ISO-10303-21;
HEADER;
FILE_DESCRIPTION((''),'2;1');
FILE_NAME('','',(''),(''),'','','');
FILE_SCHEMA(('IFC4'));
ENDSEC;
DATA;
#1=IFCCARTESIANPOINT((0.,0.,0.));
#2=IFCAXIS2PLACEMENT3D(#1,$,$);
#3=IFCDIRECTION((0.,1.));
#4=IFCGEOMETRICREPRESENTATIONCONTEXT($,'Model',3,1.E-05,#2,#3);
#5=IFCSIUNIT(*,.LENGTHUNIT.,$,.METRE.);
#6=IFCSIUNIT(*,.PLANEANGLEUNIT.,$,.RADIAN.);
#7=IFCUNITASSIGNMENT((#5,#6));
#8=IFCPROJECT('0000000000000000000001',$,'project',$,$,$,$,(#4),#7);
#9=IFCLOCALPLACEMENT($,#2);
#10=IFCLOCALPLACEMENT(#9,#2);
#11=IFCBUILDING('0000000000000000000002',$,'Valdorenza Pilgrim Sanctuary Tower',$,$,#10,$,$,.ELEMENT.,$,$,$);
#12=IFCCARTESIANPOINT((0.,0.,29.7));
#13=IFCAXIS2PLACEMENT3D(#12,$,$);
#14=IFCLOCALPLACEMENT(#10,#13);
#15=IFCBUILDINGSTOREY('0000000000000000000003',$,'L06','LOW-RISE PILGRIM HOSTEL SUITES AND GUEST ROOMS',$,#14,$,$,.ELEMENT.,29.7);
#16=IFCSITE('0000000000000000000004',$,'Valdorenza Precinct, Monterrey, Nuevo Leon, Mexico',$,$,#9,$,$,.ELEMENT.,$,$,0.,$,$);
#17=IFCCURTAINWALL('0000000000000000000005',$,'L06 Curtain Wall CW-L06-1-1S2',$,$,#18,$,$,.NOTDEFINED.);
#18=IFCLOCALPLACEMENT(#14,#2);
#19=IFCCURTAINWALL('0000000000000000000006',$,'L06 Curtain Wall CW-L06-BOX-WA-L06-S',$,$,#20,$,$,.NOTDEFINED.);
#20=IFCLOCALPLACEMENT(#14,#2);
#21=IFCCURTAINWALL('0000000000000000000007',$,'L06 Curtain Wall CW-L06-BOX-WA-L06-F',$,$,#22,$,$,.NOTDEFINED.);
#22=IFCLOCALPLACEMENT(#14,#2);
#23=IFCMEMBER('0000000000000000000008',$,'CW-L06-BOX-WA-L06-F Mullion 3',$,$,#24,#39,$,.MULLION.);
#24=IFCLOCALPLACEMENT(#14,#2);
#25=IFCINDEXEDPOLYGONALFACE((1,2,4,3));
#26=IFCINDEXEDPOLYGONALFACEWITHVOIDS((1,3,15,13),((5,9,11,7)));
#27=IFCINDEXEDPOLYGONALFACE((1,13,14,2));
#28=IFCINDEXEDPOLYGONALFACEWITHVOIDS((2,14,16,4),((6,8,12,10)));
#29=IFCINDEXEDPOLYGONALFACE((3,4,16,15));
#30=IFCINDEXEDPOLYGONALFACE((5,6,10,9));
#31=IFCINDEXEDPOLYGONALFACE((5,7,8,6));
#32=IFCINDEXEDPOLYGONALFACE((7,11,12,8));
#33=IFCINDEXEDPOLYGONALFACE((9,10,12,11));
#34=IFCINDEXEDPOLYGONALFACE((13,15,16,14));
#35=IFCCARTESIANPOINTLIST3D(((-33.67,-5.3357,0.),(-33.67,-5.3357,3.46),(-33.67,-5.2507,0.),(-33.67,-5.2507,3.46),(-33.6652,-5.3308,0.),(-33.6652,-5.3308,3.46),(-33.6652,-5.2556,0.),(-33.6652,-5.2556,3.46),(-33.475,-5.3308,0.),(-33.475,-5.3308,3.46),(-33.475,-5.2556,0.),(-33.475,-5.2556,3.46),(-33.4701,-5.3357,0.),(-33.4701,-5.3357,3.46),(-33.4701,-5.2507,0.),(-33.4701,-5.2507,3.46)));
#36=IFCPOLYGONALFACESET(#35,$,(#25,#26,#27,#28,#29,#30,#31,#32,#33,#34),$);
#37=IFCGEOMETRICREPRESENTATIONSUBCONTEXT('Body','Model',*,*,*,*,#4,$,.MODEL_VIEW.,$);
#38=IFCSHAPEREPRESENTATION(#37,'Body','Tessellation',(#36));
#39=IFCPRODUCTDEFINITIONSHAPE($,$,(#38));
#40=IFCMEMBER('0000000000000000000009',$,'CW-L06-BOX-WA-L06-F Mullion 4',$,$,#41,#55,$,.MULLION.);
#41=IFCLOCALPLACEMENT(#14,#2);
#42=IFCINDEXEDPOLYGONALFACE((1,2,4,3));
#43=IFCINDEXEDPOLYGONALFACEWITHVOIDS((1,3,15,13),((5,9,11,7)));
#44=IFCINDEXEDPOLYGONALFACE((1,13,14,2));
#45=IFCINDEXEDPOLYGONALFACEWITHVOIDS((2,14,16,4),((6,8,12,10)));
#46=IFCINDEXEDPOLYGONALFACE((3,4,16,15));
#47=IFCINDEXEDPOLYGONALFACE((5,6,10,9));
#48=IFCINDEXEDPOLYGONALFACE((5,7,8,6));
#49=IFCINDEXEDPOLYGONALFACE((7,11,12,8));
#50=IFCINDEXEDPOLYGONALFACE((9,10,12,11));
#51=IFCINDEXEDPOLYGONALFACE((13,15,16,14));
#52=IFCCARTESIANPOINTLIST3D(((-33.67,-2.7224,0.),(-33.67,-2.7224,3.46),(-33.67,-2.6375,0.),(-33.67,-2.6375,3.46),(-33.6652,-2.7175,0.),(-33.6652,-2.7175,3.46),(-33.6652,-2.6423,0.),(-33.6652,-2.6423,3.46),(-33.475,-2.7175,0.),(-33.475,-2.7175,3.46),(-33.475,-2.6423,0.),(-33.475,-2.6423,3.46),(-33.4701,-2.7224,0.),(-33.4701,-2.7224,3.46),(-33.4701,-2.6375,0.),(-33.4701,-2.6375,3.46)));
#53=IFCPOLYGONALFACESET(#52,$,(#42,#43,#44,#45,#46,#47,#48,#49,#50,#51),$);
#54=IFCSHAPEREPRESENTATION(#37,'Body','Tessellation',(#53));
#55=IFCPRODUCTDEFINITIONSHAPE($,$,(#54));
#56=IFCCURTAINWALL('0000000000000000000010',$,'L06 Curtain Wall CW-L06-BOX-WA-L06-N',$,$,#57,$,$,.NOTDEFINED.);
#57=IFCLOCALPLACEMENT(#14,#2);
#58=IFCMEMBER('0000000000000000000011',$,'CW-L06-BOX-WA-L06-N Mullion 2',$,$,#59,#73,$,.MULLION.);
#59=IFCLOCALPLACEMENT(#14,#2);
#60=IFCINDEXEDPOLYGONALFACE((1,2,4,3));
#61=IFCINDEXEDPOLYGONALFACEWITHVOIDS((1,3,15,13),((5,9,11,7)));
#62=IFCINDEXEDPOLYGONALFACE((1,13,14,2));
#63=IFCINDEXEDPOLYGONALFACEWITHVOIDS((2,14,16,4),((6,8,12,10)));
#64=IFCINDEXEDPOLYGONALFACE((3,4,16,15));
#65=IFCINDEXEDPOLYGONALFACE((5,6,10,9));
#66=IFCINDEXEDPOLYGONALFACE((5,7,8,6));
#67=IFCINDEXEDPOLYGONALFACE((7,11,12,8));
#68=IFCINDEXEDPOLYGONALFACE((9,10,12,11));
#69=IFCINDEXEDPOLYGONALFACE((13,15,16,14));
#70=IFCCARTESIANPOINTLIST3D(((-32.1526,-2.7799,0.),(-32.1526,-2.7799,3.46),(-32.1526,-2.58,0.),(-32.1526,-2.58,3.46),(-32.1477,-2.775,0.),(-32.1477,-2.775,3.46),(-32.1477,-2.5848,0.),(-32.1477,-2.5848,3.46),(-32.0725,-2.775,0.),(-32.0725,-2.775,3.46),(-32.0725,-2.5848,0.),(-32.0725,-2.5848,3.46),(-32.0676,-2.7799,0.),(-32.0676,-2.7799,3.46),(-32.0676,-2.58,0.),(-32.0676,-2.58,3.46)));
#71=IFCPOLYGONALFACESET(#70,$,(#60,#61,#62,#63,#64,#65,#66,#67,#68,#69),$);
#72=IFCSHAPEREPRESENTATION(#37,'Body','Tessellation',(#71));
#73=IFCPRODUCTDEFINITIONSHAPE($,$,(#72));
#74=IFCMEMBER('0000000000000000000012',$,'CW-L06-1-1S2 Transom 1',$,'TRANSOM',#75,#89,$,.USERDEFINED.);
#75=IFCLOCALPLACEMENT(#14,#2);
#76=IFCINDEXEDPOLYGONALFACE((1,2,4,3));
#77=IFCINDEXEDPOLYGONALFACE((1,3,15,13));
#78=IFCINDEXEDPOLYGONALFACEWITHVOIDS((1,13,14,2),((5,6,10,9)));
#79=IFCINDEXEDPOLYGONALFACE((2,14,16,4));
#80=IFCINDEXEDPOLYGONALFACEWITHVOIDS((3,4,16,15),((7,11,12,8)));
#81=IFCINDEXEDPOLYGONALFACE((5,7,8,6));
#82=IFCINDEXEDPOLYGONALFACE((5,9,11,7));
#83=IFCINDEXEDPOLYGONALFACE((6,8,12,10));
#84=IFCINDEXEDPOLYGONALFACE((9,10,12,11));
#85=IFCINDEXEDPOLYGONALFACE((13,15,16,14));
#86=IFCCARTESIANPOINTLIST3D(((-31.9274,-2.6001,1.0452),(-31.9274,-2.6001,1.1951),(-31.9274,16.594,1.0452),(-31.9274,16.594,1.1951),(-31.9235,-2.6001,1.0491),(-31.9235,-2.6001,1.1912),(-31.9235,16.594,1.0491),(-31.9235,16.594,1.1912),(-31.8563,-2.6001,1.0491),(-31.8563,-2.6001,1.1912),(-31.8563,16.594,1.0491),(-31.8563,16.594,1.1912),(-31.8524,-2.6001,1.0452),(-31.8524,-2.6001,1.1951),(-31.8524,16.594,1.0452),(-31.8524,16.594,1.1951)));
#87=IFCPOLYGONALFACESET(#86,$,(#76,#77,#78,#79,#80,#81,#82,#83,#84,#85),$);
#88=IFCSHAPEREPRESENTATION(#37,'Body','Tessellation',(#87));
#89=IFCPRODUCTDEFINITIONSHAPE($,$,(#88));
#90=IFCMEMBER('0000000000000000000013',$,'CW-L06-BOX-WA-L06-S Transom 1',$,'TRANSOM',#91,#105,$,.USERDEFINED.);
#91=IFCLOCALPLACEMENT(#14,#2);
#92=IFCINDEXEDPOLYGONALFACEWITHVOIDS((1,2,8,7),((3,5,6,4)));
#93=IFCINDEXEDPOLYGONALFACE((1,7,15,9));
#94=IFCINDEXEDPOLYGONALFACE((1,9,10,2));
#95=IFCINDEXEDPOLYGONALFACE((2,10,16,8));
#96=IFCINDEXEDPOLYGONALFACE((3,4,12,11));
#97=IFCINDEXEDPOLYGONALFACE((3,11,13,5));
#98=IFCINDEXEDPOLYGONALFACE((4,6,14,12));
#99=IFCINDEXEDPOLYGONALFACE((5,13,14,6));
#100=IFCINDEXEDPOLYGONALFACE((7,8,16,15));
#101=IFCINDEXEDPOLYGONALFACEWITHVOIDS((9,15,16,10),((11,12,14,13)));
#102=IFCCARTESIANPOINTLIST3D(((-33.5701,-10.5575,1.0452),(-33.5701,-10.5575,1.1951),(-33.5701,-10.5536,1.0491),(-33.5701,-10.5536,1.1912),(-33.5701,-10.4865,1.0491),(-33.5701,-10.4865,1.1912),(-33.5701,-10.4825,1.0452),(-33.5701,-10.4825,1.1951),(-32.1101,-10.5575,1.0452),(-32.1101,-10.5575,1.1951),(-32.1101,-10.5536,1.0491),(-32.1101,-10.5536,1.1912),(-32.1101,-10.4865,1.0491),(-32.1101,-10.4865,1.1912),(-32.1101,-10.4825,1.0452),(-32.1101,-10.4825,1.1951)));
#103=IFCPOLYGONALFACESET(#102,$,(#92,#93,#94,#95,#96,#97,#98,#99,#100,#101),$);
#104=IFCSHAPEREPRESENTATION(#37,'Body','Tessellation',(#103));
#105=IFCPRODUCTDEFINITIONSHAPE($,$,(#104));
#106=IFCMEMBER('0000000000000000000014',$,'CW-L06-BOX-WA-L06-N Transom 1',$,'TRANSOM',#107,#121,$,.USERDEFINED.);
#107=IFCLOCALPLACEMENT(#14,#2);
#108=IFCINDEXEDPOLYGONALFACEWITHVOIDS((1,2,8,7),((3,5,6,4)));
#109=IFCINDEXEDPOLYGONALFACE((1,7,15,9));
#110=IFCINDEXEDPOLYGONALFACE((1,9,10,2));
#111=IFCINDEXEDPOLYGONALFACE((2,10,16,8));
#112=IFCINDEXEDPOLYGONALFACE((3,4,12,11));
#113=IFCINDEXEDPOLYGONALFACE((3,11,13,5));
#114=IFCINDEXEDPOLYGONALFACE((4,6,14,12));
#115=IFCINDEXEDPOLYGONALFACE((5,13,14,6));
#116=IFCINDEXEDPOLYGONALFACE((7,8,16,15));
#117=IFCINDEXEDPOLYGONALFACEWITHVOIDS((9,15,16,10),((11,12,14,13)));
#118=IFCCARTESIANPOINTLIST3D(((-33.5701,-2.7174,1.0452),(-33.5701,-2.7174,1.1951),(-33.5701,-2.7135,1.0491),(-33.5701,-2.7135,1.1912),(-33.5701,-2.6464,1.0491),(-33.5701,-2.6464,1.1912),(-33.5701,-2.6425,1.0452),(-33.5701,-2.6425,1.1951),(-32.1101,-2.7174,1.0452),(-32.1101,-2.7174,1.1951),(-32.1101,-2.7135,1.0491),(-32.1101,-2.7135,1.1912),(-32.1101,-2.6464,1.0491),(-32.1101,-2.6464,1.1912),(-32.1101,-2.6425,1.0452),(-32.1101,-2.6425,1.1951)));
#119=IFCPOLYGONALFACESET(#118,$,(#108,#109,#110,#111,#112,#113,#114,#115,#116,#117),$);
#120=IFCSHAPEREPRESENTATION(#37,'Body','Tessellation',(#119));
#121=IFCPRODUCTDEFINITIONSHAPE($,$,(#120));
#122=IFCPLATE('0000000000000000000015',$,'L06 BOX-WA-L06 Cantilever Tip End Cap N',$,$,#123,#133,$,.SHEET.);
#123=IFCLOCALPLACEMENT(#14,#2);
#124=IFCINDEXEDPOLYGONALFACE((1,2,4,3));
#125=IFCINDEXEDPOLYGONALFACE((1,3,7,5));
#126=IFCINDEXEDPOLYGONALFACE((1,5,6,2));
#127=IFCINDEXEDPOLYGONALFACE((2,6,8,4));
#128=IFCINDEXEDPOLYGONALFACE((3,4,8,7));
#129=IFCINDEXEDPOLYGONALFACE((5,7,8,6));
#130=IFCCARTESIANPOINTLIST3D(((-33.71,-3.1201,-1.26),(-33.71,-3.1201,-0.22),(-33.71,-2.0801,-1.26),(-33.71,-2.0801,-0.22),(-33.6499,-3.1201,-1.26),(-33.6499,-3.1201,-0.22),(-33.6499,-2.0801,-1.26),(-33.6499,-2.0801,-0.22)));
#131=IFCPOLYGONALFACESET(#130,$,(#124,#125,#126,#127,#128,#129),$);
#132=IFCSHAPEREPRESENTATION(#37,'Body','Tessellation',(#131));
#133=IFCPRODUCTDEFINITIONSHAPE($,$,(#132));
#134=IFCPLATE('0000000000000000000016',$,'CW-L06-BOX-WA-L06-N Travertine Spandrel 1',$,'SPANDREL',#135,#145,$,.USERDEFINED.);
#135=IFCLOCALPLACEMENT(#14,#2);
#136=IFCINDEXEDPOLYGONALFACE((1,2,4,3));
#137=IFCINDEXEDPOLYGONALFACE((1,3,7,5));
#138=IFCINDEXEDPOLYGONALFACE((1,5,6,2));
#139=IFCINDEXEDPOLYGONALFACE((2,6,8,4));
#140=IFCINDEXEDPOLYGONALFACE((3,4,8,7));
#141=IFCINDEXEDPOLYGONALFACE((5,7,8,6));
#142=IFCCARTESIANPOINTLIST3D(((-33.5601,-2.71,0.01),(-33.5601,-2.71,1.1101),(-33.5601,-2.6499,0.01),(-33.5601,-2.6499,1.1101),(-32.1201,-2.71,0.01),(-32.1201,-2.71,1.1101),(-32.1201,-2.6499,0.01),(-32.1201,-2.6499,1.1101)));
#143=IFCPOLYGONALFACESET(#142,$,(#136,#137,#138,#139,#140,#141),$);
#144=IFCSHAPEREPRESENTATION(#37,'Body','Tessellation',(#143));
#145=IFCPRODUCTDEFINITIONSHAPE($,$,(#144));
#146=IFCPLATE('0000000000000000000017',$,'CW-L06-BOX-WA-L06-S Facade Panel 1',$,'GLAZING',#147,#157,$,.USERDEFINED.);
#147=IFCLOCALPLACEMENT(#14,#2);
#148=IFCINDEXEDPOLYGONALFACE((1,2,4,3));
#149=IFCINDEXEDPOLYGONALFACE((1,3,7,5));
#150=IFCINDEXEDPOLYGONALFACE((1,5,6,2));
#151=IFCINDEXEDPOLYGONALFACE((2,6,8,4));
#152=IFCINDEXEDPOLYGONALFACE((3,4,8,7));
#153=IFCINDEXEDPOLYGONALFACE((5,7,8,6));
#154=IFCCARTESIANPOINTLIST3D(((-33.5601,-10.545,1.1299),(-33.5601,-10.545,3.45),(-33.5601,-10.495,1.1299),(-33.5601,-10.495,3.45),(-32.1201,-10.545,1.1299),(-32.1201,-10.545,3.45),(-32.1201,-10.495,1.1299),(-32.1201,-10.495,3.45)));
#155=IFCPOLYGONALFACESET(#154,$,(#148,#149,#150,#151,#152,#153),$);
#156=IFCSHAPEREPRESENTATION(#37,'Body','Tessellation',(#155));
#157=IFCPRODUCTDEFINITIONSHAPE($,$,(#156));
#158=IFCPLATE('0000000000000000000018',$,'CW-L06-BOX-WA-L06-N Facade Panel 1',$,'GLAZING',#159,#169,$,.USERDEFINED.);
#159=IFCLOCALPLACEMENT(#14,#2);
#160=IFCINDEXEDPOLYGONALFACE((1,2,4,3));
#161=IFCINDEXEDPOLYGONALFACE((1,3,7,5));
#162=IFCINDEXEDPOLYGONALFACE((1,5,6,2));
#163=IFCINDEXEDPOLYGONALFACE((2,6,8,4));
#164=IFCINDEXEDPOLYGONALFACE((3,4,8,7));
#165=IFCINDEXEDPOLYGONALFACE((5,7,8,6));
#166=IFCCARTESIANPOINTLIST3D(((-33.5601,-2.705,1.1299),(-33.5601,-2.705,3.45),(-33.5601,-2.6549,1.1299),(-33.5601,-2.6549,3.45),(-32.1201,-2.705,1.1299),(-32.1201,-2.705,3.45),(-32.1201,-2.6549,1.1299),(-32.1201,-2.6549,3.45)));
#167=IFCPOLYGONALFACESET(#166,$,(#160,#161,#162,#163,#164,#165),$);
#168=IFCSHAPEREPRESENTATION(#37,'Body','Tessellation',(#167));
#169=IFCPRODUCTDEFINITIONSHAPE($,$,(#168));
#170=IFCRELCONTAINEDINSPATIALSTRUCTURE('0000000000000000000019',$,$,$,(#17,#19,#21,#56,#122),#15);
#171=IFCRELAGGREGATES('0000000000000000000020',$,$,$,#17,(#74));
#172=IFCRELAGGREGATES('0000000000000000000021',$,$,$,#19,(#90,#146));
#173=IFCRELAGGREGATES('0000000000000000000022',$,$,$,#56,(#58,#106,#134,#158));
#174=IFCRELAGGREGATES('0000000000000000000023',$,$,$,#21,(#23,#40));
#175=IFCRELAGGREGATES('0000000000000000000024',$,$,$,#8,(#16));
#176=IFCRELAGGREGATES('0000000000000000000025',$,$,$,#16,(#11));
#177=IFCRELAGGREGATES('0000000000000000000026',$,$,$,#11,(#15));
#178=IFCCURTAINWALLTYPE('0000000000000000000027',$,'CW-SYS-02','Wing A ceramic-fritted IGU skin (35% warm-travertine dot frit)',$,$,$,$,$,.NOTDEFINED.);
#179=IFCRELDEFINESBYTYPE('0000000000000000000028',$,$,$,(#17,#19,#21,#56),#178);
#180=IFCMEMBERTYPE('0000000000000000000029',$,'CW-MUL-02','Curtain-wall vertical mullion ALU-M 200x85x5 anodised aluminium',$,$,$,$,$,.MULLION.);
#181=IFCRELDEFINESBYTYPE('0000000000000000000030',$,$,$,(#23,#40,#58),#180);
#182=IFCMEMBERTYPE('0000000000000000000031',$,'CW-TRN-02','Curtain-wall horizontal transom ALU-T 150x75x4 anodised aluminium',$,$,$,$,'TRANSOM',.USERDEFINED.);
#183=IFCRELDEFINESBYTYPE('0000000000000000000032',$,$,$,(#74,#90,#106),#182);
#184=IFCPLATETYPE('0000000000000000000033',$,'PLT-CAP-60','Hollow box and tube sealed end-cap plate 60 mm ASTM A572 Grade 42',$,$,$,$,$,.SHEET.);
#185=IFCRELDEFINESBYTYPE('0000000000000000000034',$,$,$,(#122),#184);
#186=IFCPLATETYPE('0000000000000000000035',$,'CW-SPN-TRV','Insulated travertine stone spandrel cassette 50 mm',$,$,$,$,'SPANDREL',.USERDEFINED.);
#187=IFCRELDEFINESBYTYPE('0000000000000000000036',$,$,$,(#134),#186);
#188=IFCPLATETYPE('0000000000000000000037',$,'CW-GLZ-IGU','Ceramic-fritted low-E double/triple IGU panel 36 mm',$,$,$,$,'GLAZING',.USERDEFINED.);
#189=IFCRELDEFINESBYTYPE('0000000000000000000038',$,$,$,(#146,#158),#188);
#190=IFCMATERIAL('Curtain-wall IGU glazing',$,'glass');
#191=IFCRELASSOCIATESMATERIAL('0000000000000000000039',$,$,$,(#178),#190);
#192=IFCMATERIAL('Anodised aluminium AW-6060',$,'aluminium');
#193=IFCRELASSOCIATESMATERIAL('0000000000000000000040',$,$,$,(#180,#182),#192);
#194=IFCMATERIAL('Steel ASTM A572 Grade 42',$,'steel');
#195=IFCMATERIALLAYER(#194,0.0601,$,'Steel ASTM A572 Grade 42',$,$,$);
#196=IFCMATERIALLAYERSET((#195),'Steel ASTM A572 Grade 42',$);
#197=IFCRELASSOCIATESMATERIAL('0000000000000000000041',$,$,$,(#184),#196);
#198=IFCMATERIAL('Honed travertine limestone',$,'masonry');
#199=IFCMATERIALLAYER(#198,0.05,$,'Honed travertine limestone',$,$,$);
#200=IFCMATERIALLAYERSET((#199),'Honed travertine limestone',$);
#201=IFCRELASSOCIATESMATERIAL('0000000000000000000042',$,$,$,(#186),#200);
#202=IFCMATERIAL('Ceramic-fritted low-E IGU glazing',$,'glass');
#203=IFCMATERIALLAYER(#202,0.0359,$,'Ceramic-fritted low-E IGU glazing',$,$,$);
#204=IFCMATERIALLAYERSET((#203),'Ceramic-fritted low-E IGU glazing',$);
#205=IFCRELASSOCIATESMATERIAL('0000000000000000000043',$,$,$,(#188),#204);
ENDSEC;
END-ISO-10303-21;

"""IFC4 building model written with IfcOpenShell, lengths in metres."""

from ifc_helpers import new_model, si_unit, direction, frame, origin, origin_2d, place, context, subcontext, project, spatial, rectangle, hollow_rectangle, extrude, source, transform, mapped, material, layer, layer_set, material_profile, profile_set, type_object, element, aggregate, save


model = new_model("IFC4")

# Units and contexts
model_context = context("Model", 3, precision=1e-05, world=origin(), true_north=direction((0.0, 1.0)))
body_context = subcontext(model_context, "Body", "Model", "MODEL_VIEW")
ifc_project = project(units=[si_unit("LENGTHUNIT", "METRE"), si_unit("PLANEANGLEUNIT", "RADIAN")], contexts=[model_context])

# Site, building, storey
site_placement = place(None, origin())
site = spatial("IfcSite", under=ifc_project, at=site_placement, Name="Valdorenza Precinct, Monterrey, Nuevo Leon, Mexico", CompositionType="ELEMENT", RefElevation=0.0)
building_placement = place(site_placement, origin())
building = spatial("IfcBuilding", under=site, at=building_placement, Name="Valdorenza Pilgrim Sanctuary Tower", CompositionType="ELEMENT")
storey_placement = place(building_placement, frame((0.0, 0.0, 29.7)))
storey = spatial("IfcBuildingStorey", under=building, at=storey_placement, Name="L06", Description="LOW-RISE PILGRIM HOSTEL SUITES AND GUEST ROOMS", CompositionType="ELEMENT", Elevation=29.7)

# Shared definitions
ifc_material_1 = material(Name="Steel ASTM A572 Grade 42", Category="steel")

# Curtain walls
ifc_material_2 = material(Name="Curtain-wall IGU glazing", Category="glass")
curtain_wall_type = type_object("IfcCurtainWallType", Name="CW-SYS-02", Description="Wing A ceramic-fritted IGU skin (35% warm-travertine dot frit)", PredefinedType="NOTDEFINED", material=ifc_material_2)
curtain_wall_1_placement = place(storey_placement, origin())
curtain_wall_1 = element("IfcCurtainWall", 1, at=curtain_wall_1_placement, inside=storey, type_object=curtain_wall_type, Name="L06 Curtain Wall CW-L06-1-1S2", PredefinedType="NOTDEFINED")
ifc_material_3 = material(Name="Anodised aluminium AW-6060", Category="aluminium")
ifc_material_profile_1 = material_profile(ifc_material_3, hollow_rectangle(XDim=0.085, YDim=0.2, WallThickness=0.0049, at=origin_2d()), Name="ALU-M 200x85x5")
ifc_profile_set_1 = profile_set([ifc_material_profile_1], Name="Anodised aluminium AW-6060")
member_type_1 = type_object("IfcMemberType", Name="CW-MUL-02", Description="Curtain-wall vertical mullion ALU-M 200x85x5 anodised aluminium", PredefinedType="MULLION", material=ifc_profile_set_1)
shared_shape_1 = source(origin(), body_context, "Body", "SweptSolid", [
    extrude(hollow_rectangle(XDim=0.085, YDim=0.2, WallThickness=0.0049, at=origin_2d()), origin(), (0.0, 0.0, 1.0), 3.46),
])
curtain_wall_2_placement = place(storey_placement, origin())
curtain_wall_2 = element("IfcCurtainWall", 2, at=curtain_wall_2_placement, inside=storey, type_object=curtain_wall_type, Name="L06 Curtain Wall CW-L06-BOX-WA-L06-S", PredefinedType="NOTDEFINED")

# Curtain wall, members
curtain_wall_3_placement = place(storey_placement, origin())
curtain_wall_3 = element("IfcCurtainWall", 3, at=curtain_wall_3_placement, inside=storey, type_object=curtain_wall_type, Name="L06 Curtain Wall CW-L06-BOX-WA-L06-F", PredefinedType="NOTDEFINED")
member_1_placement = place(storey_placement, frame((-33.5701, -5.2932, 0.0), z_axis=(0.0, 0.0, 1.0), x_axis=(0.0, 1.0, 0.0)))
member_1 = element("IfcMember", 4, at=member_1_placement, type_object=member_type_1, Name="CW-L06-BOX-WA-L06-F Mullion 3", PredefinedType="MULLION", context=body_context, shape_type="MappedRepresentation", body=[
    mapped(shared_shape_1, transform((0.0, 0.0, 0.0), x_axis=(1.0, 0.0, 0.0), y_axis=(0.0, 1.0, 0.0), z_axis=(0.0, 0.0, 1.0), scale=1.0)),
])
member_2_placement = place(storey_placement, frame((-33.5701, -2.6799, 0.0), z_axis=(0.0, 0.0, 1.0), x_axis=(0.0, 1.0, 0.0)))
member_2 = element("IfcMember", 5, at=member_2_placement, type_object=member_type_1, Name="CW-L06-BOX-WA-L06-F Mullion 4", PredefinedType="MULLION", context=body_context, shape_type="MappedRepresentation", body=[
    mapped(shared_shape_1, transform((0.0, 0.0, 0.0), x_axis=(1.0, 0.0, 0.0), y_axis=(0.0, 1.0, 0.0), z_axis=(0.0, 0.0, 1.0), scale=1.0)),
])

# Curtain wall, member
curtain_wall_4_placement = place(storey_placement, origin())
curtain_wall_4 = element("IfcCurtainWall", 6, at=curtain_wall_4_placement, inside=storey, type_object=curtain_wall_type, Name="L06 Curtain Wall CW-L06-BOX-WA-L06-N", PredefinedType="NOTDEFINED")
member_3_placement = place(storey_placement, frame((-32.1101, -2.6799, 0.0), z_axis=(0.0, 0.0, 1.0), x_axis=(1.0, 0.0, 0.0)))
member_3 = element("IfcMember", 7, at=member_3_placement, type_object=member_type_1, Name="CW-L06-BOX-WA-L06-N Mullion 2", PredefinedType="MULLION", context=body_context, shape_type="MappedRepresentation", body=[
    mapped(shared_shape_1, transform((0.0, 0.0, 0.0), x_axis=(1.0, 0.0, 0.0), y_axis=(0.0, 1.0, 0.0), z_axis=(0.0, 0.0, 1.0), scale=1.0)),
])

# Members
ifc_material_profile_2 = material_profile(ifc_material_3, hollow_rectangle(XDim=0.075, YDim=0.1499, WallThickness=0.0039, at=origin_2d()), Name="ALU-T 150x75x4")
ifc_profile_set_2 = profile_set([ifc_material_profile_2], Name="Anodised aluminium AW-6060")
member_type_2 = type_object("IfcMemberType", Name="CW-TRN-02", Description="Curtain-wall horizontal transom ALU-T 150x75x4 anodised aluminium", ElementType="TRANSOM", PredefinedType="USERDEFINED", material=ifc_profile_set_2)
shared_shape_2 = source(origin(), body_context, "Body", "SweptSolid", [
    extrude(hollow_rectangle(XDim=0.075, YDim=0.1499, WallThickness=0.0039, at=origin_2d()), origin(), (0.0, 0.0, 1.0), 19.1941),
])
member_4_placement = place(storey_placement, frame((-31.8899, -2.6001, 1.1201), z_axis=(0.0, 1.0, 0.0), x_axis=(-1.0, 0.0, 0.0)))
member_4 = element("IfcMember", 8, at=member_4_placement, type_object=member_type_2, Name="CW-L06-1-1S2 Transom 1", ObjectType="TRANSOM", PredefinedType="USERDEFINED", context=body_context, shape_type="MappedRepresentation", body=[
    mapped(shared_shape_2, transform((0.0, 0.0, 0.0), x_axis=(1.0, 0.0, 0.0), y_axis=(0.0, 1.0, 0.0), z_axis=(0.0, 0.0, 1.0), scale=1.0)),
])
aggregate(curtain_wall_1, [member_4])
shared_shape_3 = source(origin(), body_context, "Body", "SweptSolid", [
    extrude(hollow_rectangle(XDim=0.075, YDim=0.1499, WallThickness=0.0039, at=origin_2d()), origin(), (0.0, 0.0, 1.0), 1.46),
])
member_5_placement = place(storey_placement, frame((-32.1101, -10.52, 1.1201), z_axis=(-1.0, 0.0, 0.0), x_axis=(0.0, -1.0, 0.0)))
member_5 = element("IfcMember", 9, at=member_5_placement, type_object=member_type_2, Name="CW-L06-BOX-WA-L06-S Transom 1", ObjectType="TRANSOM", PredefinedType="USERDEFINED", context=body_context, shape_type="MappedRepresentation", body=[
    mapped(shared_shape_3, transform((0.0, 0.0, 0.0), x_axis=(1.0, 0.0, 0.0), y_axis=(0.0, 1.0, 0.0), z_axis=(0.0, 0.0, 1.0), scale=1.0)),
])
member_6_placement = place(storey_placement, frame((-33.5701, -2.6799, 1.1201), z_axis=(1.0, 0.0, 0.0), x_axis=(0.0, 1.0, 0.0)))
member_6 = element("IfcMember", 10, at=member_6_placement, type_object=member_type_2, Name="CW-L06-BOX-WA-L06-N Transom 1", ObjectType="TRANSOM", PredefinedType="USERDEFINED", context=body_context, shape_type="MappedRepresentation", body=[
    mapped(shared_shape_3, transform((0.0, 0.0, 0.0), x_axis=(1.0, 0.0, 0.0), y_axis=(0.0, 1.0, 0.0), z_axis=(0.0, 0.0, 1.0), scale=1.0)),
])

# Plates
ifc_layer_1 = layer(ifc_material_1, 0.0601, Name="Steel ASTM A572 Grade 42")
ifc_layer_set_1 = layer_set([ifc_layer_1], Name="Steel ASTM A572 Grade 42")
plate_type_1 = type_object("IfcPlateType", Name="PLT-CAP-60", Description="Hollow box and tube sealed end-cap plate 60 mm ASTM A572 Grade 42", PredefinedType="SHEET", material=ifc_layer_set_1)
shared_shape_4 = source(origin(), body_context, "Body", "SweptSolid", [
    extrude(rectangle(XDim=0.0601, YDim=1.04, at=origin_2d()), origin(), (0.0, 0.0, 1.0), 1.04),
])
plate_1_placement = place(storey_placement, frame((-33.6799, -2.6001, -1.26), z_axis=(0.0, 0.0, 1.0), x_axis=(1.0, 0.0, 0.0)))
element("IfcPlate", 11, at=plate_1_placement, inside=storey, type_object=plate_type_1, Name="L06 BOX-WA-L06 Cantilever Tip End Cap N", PredefinedType="SHEET", context=body_context, shape_type="MappedRepresentation", body=[
    mapped(shared_shape_4, transform((0.0, 0.0, 0.0), x_axis=(1.0, 0.0, 0.0), y_axis=(0.0, 1.0, 0.0), z_axis=(0.0, 0.0, 1.0), scale=1.0)),
])
ifc_material_4 = material(Name="Honed travertine limestone", Category="masonry")
ifc_layer_2 = layer(ifc_material_4, 0.05, Name="Honed travertine limestone")
ifc_layer_set_2 = layer_set([ifc_layer_2], Name="Honed travertine limestone")
plate_type_2 = type_object("IfcPlateType", Name="CW-SPN-TRV", Description="Insulated travertine stone spandrel cassette 50 mm", ElementType="SPANDREL", PredefinedType="USERDEFINED", material=ifc_layer_set_2)
shared_shape_5 = source(origin(), body_context, "Body", "SweptSolid", [
    extrude(rectangle(XDim=1.4399, YDim=0.0601, at=origin_2d()), origin(), (0.0, 0.0, 1.0), 1.1001),
])
plate_2_placement = place(storey_placement, frame((-32.8401, -2.6799, 0.01), z_axis=(0.0, 0.0, 1.0), x_axis=(1.0, 0.0, 0.0)))
plate_2 = element("IfcPlate", 12, at=plate_2_placement, type_object=plate_type_2, Name="CW-L06-BOX-WA-L06-N Travertine Spandrel 1", ObjectType="SPANDREL", PredefinedType="USERDEFINED", context=body_context, shape_type="MappedRepresentation", body=[
    mapped(shared_shape_5, transform((0.0, 0.0, 0.0), x_axis=(1.0, 0.0, 0.0), y_axis=(0.0, 1.0, 0.0), z_axis=(0.0, 0.0, 1.0), scale=1.0)),
])
ifc_material_5 = material(Name="Ceramic-fritted low-E IGU glazing", Category="glass")
ifc_layer_3 = layer(ifc_material_5, 0.0359, Name="Ceramic-fritted low-E IGU glazing")
ifc_layer_set_3 = layer_set([ifc_layer_3], Name="Ceramic-fritted low-E IGU glazing")
plate_type_3 = type_object("IfcPlateType", Name="CW-GLZ-IGU", Description="Ceramic-fritted low-E double/triple IGU panel 36 mm", ElementType="GLAZING", PredefinedType="USERDEFINED", material=ifc_layer_set_3)
shared_shape_6 = source(origin(), body_context, "Body", "SweptSolid", [
    extrude(rectangle(XDim=1.4399, YDim=0.05, at=origin_2d()), origin(), (0.0, 0.0, 1.0), 2.3201),
])
plate_3_placement = place(storey_placement, frame((-32.8401, -10.52, 1.1299), z_axis=(0.0, 0.0, 1.0), x_axis=(-1.0, 0.0, 0.0)))
plate_3 = element("IfcPlate", 13, at=plate_3_placement, type_object=plate_type_3, Name="CW-L06-BOX-WA-L06-S Facade Panel 1", ObjectType="GLAZING", PredefinedType="USERDEFINED", context=body_context, shape_type="MappedRepresentation", body=[
    mapped(shared_shape_6, transform((0.0, 0.0, 0.0), x_axis=(1.0, 0.0, 0.0), y_axis=(0.0, 1.0, 0.0), z_axis=(0.0, 0.0, 1.0), scale=1.0)),
])
aggregate(curtain_wall_2, [member_5, plate_3])
plate_4_placement = place(storey_placement, frame((-32.8401, -2.6799, 1.1299), z_axis=(0.0, 0.0, 1.0), x_axis=(1.0, 0.0, 0.0)))
plate_4 = element("IfcPlate", 14, at=plate_4_placement, type_object=plate_type_3, Name="CW-L06-BOX-WA-L06-N Facade Panel 1", ObjectType="GLAZING", PredefinedType="USERDEFINED", context=body_context, shape_type="MappedRepresentation", body=[
    mapped(shared_shape_6, transform((0.0, 0.0, 0.0), x_axis=(1.0, 0.0, 0.0), y_axis=(0.0, 1.0, 0.0), z_axis=(0.0, 0.0, 1.0), scale=1.0)),
])
aggregate(curtain_wall_4, [member_3, member_6, plate_2, plate_4])
aggregate(curtain_wall_3, [member_1, member_2])

save(model, "model.ifc")
